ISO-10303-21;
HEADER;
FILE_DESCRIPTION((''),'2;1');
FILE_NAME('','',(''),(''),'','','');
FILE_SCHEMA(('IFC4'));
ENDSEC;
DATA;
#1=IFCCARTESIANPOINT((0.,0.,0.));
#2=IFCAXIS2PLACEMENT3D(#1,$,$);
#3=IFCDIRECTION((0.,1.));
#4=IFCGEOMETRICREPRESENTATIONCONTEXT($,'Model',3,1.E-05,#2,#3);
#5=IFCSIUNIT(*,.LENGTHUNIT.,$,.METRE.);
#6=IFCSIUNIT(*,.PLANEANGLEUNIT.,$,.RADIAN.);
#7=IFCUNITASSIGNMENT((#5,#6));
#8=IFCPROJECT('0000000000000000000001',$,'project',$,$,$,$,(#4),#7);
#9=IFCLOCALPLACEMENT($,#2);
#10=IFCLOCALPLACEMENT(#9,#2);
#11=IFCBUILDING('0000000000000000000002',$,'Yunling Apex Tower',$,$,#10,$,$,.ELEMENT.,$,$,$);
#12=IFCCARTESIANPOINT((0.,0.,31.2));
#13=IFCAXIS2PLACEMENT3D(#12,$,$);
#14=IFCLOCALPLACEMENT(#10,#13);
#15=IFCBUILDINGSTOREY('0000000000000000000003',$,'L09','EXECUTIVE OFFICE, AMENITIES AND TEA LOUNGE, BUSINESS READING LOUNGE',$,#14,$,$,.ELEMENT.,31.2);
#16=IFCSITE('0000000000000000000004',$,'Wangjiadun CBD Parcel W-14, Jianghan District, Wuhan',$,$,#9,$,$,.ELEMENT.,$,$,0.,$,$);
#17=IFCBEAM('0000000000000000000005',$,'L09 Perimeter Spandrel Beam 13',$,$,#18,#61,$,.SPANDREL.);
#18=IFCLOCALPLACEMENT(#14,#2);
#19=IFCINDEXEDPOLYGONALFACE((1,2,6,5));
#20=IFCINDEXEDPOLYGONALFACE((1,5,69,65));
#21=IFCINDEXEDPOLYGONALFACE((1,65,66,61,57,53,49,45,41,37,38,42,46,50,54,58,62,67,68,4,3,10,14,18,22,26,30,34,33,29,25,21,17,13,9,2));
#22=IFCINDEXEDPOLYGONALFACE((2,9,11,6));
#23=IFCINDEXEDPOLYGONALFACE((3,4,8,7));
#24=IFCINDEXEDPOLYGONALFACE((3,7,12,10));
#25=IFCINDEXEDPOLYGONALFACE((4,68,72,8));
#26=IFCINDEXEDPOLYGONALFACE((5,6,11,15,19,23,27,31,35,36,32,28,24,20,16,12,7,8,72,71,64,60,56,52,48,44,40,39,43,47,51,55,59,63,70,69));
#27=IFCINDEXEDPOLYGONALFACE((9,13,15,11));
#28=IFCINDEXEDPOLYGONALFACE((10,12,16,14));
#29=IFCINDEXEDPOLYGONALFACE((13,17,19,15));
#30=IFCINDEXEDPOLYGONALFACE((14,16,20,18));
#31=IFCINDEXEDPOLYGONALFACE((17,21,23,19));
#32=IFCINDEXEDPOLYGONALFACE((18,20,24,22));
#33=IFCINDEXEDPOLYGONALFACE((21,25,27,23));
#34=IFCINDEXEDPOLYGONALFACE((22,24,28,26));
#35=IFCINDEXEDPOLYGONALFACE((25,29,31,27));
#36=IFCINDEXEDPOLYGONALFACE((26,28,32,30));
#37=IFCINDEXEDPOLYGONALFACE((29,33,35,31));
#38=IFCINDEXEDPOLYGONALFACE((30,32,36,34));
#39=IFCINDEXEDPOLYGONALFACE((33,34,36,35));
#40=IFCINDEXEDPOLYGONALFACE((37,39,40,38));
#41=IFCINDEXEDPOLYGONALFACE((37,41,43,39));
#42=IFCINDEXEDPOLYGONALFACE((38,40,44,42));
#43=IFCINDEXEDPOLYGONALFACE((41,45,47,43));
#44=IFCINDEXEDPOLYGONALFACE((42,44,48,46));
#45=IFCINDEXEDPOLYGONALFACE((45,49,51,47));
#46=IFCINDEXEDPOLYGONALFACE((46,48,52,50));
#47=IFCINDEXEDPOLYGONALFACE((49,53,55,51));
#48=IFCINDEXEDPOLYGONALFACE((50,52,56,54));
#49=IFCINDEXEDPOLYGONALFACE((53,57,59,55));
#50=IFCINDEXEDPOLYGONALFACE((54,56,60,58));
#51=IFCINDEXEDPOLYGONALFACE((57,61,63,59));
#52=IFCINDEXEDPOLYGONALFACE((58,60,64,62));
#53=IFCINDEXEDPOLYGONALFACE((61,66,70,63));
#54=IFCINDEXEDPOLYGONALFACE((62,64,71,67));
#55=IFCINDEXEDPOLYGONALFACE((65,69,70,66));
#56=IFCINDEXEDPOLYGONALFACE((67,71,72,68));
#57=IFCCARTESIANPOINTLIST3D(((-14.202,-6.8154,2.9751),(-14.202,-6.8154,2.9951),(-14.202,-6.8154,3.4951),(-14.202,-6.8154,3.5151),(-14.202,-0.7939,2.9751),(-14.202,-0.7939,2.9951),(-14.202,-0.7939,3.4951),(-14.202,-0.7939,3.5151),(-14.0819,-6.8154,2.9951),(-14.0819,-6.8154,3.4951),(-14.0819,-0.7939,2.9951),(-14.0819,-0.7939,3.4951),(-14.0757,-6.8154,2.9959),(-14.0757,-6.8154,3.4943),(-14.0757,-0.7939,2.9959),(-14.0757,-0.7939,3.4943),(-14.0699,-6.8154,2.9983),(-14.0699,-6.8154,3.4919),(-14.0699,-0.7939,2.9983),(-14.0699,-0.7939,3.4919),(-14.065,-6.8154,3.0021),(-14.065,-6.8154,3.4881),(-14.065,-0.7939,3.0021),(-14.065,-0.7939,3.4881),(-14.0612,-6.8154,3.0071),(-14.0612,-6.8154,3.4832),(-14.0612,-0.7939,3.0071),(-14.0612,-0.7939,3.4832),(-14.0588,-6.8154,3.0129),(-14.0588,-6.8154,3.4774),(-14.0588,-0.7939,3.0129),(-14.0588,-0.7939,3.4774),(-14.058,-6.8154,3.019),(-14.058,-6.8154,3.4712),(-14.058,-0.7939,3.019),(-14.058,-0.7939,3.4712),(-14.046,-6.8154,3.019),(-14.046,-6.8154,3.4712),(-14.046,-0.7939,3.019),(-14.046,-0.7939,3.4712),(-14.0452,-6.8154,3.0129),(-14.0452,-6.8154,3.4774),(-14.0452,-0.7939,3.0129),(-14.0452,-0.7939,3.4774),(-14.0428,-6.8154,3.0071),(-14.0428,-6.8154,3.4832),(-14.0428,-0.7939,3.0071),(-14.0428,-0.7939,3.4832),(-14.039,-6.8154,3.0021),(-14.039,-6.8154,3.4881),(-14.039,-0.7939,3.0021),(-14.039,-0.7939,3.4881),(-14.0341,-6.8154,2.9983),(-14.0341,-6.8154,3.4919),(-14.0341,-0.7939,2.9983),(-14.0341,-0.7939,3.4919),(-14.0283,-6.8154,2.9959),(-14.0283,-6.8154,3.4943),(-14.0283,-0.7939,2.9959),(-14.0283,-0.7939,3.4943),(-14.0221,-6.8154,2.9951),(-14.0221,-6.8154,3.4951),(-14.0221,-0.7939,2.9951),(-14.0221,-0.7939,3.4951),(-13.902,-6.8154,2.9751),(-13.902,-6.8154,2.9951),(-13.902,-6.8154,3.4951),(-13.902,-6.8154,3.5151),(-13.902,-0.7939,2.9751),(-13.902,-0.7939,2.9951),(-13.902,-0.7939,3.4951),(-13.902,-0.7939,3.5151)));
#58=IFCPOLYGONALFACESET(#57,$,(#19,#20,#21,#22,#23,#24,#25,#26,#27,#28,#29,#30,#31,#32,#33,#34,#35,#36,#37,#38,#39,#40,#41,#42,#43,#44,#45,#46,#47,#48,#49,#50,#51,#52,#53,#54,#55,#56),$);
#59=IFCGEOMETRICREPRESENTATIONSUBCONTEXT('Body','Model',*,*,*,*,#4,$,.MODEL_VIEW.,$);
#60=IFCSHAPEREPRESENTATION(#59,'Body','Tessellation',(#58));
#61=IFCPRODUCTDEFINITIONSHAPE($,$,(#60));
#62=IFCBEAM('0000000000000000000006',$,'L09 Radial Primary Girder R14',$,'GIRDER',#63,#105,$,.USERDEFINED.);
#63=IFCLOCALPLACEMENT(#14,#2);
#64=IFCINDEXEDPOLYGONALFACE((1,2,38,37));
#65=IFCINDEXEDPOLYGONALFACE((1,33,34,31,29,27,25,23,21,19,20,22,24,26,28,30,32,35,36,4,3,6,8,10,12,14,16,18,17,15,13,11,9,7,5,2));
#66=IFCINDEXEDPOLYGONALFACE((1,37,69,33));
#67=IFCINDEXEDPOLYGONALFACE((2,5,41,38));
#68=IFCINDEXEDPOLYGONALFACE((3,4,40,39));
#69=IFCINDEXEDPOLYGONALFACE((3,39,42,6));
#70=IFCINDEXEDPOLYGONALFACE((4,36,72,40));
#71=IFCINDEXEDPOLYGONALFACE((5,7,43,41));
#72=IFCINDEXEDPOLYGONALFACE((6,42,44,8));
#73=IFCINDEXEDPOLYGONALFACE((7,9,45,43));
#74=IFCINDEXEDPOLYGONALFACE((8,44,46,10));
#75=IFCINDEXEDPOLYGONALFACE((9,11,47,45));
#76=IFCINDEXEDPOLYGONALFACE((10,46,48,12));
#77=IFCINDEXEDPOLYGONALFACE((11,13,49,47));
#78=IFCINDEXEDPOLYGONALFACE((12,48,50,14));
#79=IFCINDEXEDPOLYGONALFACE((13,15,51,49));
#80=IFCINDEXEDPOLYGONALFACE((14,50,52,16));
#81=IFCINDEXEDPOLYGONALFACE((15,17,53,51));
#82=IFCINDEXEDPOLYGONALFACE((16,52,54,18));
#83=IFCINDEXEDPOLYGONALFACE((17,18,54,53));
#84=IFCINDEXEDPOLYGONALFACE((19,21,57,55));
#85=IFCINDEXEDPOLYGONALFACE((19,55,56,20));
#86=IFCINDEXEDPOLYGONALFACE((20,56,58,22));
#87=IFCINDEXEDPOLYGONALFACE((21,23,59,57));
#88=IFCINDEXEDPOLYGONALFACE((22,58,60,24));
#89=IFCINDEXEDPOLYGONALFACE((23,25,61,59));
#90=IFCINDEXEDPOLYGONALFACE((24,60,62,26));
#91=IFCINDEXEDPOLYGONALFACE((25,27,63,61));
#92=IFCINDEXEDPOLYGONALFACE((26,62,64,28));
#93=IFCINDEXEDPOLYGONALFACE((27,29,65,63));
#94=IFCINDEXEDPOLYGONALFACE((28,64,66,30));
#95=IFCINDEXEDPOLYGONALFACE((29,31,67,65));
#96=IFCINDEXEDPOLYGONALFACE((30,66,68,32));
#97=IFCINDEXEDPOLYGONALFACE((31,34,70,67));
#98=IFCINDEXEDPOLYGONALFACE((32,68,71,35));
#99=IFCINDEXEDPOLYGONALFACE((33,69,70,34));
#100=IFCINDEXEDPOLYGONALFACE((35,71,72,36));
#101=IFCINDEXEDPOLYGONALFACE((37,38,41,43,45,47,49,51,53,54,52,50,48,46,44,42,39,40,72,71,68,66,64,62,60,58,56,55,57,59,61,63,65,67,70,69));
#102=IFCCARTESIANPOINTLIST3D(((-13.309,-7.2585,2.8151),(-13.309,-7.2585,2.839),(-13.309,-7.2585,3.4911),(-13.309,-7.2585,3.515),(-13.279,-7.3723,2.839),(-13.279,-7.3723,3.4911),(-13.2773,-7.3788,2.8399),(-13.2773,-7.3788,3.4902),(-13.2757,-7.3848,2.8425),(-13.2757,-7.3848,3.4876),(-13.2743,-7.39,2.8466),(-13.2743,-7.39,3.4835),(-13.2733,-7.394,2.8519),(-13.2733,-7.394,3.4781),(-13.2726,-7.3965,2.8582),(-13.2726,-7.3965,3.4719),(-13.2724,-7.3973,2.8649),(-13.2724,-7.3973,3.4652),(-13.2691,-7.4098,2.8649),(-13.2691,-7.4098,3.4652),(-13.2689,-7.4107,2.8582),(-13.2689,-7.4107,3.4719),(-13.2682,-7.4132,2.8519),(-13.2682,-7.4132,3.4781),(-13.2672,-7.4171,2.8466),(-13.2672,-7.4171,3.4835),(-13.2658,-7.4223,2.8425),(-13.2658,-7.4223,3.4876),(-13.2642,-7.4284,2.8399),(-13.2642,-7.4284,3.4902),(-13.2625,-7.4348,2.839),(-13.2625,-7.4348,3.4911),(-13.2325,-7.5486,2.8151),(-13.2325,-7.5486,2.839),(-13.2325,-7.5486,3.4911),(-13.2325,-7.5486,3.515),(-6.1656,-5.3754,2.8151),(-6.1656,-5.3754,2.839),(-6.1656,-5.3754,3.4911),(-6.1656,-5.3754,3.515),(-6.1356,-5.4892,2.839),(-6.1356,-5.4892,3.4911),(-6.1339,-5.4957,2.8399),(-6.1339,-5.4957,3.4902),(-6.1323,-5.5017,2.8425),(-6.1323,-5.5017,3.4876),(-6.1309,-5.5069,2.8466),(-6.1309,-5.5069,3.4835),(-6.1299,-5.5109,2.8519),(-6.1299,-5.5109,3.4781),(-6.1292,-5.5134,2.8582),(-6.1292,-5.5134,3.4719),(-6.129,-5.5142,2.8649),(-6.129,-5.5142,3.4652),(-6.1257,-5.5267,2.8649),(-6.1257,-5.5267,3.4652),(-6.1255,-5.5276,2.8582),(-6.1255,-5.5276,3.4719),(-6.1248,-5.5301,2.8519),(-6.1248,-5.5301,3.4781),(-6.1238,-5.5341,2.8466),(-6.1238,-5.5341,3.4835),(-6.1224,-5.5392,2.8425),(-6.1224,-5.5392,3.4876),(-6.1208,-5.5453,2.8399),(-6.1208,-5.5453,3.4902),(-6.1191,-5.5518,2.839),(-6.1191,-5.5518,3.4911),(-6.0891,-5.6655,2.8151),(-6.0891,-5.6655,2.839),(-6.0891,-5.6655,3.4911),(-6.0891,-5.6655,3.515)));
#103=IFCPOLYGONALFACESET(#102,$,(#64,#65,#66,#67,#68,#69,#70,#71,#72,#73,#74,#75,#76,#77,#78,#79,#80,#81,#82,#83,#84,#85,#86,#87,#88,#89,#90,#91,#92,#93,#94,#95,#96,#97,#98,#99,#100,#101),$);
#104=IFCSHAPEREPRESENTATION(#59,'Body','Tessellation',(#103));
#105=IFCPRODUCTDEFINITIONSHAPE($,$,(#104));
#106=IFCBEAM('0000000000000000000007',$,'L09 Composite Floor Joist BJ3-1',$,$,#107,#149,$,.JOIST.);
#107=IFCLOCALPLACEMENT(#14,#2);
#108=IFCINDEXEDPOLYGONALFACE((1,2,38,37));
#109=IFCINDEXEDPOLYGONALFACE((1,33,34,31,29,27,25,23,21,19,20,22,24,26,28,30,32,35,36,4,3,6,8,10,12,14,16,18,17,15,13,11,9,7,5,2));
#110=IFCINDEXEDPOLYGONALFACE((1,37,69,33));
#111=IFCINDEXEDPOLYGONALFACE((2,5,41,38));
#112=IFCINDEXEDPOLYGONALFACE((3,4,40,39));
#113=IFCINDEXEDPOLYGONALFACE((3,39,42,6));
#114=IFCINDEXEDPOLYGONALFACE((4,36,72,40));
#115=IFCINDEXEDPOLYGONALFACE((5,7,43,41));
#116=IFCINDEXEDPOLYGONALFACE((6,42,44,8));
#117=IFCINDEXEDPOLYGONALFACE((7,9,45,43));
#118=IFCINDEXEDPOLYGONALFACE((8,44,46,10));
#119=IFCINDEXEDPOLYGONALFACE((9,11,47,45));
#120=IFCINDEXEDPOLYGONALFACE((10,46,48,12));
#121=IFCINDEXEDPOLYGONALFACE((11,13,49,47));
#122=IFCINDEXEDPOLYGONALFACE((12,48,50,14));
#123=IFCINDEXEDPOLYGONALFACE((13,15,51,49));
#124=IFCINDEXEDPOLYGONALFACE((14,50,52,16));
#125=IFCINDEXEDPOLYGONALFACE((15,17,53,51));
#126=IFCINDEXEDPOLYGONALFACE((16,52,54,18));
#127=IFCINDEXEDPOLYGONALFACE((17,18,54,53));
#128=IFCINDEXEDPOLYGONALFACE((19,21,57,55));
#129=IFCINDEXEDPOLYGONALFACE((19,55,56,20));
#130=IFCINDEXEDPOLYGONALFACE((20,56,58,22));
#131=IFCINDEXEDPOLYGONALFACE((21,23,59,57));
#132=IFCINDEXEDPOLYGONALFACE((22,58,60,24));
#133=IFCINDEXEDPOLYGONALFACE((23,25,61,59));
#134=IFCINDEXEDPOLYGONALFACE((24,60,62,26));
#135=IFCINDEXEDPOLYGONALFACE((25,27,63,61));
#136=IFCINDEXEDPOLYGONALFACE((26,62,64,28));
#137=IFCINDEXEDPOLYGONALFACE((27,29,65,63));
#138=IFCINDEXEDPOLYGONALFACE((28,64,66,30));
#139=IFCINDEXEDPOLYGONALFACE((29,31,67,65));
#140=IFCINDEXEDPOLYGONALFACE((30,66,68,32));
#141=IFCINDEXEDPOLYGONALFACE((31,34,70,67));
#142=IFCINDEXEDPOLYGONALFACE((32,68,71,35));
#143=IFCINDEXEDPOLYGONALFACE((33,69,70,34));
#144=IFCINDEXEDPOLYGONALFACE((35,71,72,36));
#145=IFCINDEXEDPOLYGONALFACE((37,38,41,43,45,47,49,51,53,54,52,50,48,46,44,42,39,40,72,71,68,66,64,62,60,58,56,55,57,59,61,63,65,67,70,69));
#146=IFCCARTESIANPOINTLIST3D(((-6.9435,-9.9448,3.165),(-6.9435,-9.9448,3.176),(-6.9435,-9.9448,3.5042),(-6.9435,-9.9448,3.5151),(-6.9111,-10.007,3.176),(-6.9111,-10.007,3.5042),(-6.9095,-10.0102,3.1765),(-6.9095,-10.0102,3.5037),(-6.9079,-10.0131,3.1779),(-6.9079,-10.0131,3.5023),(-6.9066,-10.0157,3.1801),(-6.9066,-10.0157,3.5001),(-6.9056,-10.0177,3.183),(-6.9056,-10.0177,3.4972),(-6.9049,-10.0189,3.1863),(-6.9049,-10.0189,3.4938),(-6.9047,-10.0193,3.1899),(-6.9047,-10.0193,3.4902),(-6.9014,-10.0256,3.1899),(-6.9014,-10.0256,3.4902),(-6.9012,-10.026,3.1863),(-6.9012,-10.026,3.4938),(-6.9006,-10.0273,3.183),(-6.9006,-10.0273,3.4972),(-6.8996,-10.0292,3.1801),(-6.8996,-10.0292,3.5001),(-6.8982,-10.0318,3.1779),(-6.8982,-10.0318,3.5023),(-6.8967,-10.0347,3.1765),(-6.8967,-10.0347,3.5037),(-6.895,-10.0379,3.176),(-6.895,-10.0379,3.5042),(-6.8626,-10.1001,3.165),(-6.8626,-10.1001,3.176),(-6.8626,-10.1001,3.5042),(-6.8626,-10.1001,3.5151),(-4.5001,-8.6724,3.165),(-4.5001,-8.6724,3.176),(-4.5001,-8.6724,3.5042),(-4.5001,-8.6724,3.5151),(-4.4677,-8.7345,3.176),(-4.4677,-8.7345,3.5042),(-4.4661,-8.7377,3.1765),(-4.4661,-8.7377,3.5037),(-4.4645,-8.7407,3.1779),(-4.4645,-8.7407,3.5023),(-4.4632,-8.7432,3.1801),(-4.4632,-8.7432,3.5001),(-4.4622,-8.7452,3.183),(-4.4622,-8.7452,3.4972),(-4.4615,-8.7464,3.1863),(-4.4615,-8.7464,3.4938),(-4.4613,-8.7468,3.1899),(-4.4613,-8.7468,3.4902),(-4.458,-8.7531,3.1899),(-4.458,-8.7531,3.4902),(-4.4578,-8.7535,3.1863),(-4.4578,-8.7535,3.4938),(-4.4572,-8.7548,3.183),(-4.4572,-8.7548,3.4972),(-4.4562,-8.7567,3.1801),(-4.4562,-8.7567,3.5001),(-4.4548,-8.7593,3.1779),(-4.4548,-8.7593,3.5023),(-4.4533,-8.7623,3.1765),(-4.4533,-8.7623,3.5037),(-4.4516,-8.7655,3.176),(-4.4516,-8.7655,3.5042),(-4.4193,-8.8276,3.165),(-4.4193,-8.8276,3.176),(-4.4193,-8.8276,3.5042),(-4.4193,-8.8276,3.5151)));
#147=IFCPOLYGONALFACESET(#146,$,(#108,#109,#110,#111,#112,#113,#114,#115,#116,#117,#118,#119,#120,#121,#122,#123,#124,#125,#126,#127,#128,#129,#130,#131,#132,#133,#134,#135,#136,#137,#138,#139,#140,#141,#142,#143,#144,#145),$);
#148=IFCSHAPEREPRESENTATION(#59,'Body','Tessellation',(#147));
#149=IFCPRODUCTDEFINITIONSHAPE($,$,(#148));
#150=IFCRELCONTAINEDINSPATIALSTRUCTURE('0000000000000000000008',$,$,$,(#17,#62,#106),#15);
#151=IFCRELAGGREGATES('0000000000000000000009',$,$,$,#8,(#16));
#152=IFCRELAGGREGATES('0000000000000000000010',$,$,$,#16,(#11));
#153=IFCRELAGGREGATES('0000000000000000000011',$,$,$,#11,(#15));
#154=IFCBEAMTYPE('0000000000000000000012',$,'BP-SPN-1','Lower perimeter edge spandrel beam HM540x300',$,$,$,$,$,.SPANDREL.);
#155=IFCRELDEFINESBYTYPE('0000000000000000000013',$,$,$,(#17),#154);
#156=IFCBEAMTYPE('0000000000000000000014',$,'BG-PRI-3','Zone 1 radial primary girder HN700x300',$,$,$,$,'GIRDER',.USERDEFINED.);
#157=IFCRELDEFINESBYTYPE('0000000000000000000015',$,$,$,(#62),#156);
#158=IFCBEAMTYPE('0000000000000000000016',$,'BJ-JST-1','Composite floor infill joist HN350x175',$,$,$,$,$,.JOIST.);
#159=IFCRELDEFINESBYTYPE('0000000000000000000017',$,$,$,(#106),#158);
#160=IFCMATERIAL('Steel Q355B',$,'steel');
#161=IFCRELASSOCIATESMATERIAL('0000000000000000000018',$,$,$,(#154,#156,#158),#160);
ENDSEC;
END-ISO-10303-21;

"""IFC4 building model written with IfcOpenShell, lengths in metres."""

from ifc_helpers import new_model, si_unit, direction, frame, origin, origin_2d, place, context, subcontext, project, spatial, i_section, extrude, source, transform, mapped, material, material_profile, profile_set, type_object, element, save


model = new_model("IFC4")

# Units and contexts
model_context = context("Model", 3, precision=1e-05, world=origin(), true_north=direction((0.0, 1.0)))
body_context = subcontext(model_context, "Body", "Model", "MODEL_VIEW")
ifc_project = project(units=[si_unit("LENGTHUNIT", "METRE"), si_unit("PLANEANGLEUNIT", "RADIAN")], contexts=[model_context])

# Site, building, storey
site_placement = place(None, origin())
site = spatial("IfcSite", under=ifc_project, at=site_placement, Name="Wangjiadun CBD Parcel W-14, Jianghan District, Wuhan", CompositionType="ELEMENT", RefElevation=0.0)
building_placement = place(site_placement, origin())
building = spatial("IfcBuilding", under=site, at=building_placement, Name="Yunling Apex Tower", CompositionType="ELEMENT")
storey_placement = place(building_placement, frame((0.0, 0.0, 31.2)))
storey = spatial("IfcBuildingStorey", under=building, at=storey_placement, Name="L09", Description="EXECUTIVE OFFICE, AMENITIES AND TEA LOUNGE, BUSINESS READING LOUNGE", CompositionType="ELEMENT", Elevation=31.2)

# Beams
ifc_material_1 = material(Name="Steel Q355B", Category="steel")
ifc_material_profile_1 = material_profile(ifc_material_1, i_section(OverallWidth=0.3, OverallDepth=0.54, WebThickness=0.012, FlangeThickness=0.02, FilletRadius=0.0239, at=origin_2d()))
ifc_profile_set_1 = profile_set([ifc_material_profile_1], Name="Steel Q355B")
beam_type_1 = type_object("IfcBeamType", Name="BP-SPN-1", Description="Lower perimeter edge spandrel beam HM540x300", PredefinedType="SPANDREL", material=ifc_profile_set_1)
shared_shape_1 = source(origin(), body_context, "Body", "SweptSolid", [
    extrude(i_section(OverallWidth=0.3, OverallDepth=0.54, WebThickness=0.012, FlangeThickness=0.02, FilletRadius=0.0239, at=origin_2d()), origin(), (0.0, 0.0, 1.0), 6.0215),
])
beam_1_placement = place(storey_placement, frame((-14.052, -0.7939, 3.2451), z_axis=(0.0, -1.0, 0.0), x_axis=(1.0, 0.0, 0.0)))
element("IfcBeam", 1, at=beam_1_placement, inside=storey, type_object=beam_type_1, Name="L09 Perimeter Spandrel Beam 13", PredefinedType="SPANDREL", context=body_context, shape_type="MappedRepresentation", body=[
    mapped(shared_shape_1, transform((0.0, 0.0, 0.0), scale=1.0)),
])
ifc_material_profile_2 = material_profile(ifc_material_1, i_section(OverallWidth=0.3, OverallDepth=0.7, WebThickness=0.0129, FlangeThickness=0.0239, FilletRadius=0.0259, at=origin_2d()))
ifc_profile_set_2 = profile_set([ifc_material_profile_2], Name="Steel Q355B")
beam_type_2 = type_object("IfcBeamType", Name="BG-PRI-3", Description="Zone 1 radial primary girder HN700x300", ElementType="GIRDER", PredefinedType="USERDEFINED", material=ifc_profile_set_2)
shared_shape_2 = source(origin(), body_context, "Body", "SweptSolid", [
    extrude(i_section(OverallWidth=0.3, OverallDepth=0.7, WebThickness=0.0129, FlangeThickness=0.0239, FilletRadius=0.0259, at=origin_2d()), origin(), (0.0, 0.0, 1.0), 7.3875),
])
beam_2_placement = place(storey_placement, frame((-13.2708, -7.4036, 3.165), z_axis=(0.966967, 0.254903, 0.0), x_axis=(-0.254903, 0.966967, 0.0)))
element("IfcBeam", 2, at=beam_2_placement, inside=storey, type_object=beam_type_2, Name="L09 Radial Primary Girder R14", ObjectType="GIRDER", PredefinedType="USERDEFINED", context=body_context, shape_type="MappedRepresentation", body=[
    mapped(shared_shape_2, transform((0.0, 0.0, 0.0), scale=1.0)),
])
ifc_material_profile_3 = material_profile(ifc_material_1, i_section(OverallWidth=0.175, OverallDepth=0.3501, WebThickness=0.0071, FlangeThickness=0.011, FilletRadius=0.0139, at=origin_2d()))
ifc_profile_set_3 = profile_set([ifc_material_profile_3], Name="Steel Q355B")
beam_type_3 = type_object("IfcBeamType", Name="BJ-JST-1", Description="Composite floor infill joist HN350x175", PredefinedType="JOIST", material=ifc_profile_set_3)
shared_shape_3 = source(origin(), body_context, "Body", "SweptSolid", [
    extrude(i_section(OverallWidth=0.175, OverallDepth=0.3501, WebThickness=0.0071, FlangeThickness=0.011, FilletRadius=0.0139, at=origin_2d()), origin(), (0.0, 0.0, 1.0), 2.7549),
])
beam_3_placement = place(storey_placement, frame((-6.9031, -10.0225, 3.3401), z_axis=(0.886932, 0.4619, 0.0), x_axis=(-0.4619, 0.886932, 0.0)))
element("IfcBeam", 3, at=beam_3_placement, inside=storey, type_object=beam_type_3, Name="L09 Composite Floor Joist BJ3-1", PredefinedType="JOIST", context=body_context, shape_type="MappedRepresentation", body=[
    mapped(shared_shape_3, transform((0.0, 0.0, 0.0), scale=1.0)),
])

save(model, "model.ifc")
